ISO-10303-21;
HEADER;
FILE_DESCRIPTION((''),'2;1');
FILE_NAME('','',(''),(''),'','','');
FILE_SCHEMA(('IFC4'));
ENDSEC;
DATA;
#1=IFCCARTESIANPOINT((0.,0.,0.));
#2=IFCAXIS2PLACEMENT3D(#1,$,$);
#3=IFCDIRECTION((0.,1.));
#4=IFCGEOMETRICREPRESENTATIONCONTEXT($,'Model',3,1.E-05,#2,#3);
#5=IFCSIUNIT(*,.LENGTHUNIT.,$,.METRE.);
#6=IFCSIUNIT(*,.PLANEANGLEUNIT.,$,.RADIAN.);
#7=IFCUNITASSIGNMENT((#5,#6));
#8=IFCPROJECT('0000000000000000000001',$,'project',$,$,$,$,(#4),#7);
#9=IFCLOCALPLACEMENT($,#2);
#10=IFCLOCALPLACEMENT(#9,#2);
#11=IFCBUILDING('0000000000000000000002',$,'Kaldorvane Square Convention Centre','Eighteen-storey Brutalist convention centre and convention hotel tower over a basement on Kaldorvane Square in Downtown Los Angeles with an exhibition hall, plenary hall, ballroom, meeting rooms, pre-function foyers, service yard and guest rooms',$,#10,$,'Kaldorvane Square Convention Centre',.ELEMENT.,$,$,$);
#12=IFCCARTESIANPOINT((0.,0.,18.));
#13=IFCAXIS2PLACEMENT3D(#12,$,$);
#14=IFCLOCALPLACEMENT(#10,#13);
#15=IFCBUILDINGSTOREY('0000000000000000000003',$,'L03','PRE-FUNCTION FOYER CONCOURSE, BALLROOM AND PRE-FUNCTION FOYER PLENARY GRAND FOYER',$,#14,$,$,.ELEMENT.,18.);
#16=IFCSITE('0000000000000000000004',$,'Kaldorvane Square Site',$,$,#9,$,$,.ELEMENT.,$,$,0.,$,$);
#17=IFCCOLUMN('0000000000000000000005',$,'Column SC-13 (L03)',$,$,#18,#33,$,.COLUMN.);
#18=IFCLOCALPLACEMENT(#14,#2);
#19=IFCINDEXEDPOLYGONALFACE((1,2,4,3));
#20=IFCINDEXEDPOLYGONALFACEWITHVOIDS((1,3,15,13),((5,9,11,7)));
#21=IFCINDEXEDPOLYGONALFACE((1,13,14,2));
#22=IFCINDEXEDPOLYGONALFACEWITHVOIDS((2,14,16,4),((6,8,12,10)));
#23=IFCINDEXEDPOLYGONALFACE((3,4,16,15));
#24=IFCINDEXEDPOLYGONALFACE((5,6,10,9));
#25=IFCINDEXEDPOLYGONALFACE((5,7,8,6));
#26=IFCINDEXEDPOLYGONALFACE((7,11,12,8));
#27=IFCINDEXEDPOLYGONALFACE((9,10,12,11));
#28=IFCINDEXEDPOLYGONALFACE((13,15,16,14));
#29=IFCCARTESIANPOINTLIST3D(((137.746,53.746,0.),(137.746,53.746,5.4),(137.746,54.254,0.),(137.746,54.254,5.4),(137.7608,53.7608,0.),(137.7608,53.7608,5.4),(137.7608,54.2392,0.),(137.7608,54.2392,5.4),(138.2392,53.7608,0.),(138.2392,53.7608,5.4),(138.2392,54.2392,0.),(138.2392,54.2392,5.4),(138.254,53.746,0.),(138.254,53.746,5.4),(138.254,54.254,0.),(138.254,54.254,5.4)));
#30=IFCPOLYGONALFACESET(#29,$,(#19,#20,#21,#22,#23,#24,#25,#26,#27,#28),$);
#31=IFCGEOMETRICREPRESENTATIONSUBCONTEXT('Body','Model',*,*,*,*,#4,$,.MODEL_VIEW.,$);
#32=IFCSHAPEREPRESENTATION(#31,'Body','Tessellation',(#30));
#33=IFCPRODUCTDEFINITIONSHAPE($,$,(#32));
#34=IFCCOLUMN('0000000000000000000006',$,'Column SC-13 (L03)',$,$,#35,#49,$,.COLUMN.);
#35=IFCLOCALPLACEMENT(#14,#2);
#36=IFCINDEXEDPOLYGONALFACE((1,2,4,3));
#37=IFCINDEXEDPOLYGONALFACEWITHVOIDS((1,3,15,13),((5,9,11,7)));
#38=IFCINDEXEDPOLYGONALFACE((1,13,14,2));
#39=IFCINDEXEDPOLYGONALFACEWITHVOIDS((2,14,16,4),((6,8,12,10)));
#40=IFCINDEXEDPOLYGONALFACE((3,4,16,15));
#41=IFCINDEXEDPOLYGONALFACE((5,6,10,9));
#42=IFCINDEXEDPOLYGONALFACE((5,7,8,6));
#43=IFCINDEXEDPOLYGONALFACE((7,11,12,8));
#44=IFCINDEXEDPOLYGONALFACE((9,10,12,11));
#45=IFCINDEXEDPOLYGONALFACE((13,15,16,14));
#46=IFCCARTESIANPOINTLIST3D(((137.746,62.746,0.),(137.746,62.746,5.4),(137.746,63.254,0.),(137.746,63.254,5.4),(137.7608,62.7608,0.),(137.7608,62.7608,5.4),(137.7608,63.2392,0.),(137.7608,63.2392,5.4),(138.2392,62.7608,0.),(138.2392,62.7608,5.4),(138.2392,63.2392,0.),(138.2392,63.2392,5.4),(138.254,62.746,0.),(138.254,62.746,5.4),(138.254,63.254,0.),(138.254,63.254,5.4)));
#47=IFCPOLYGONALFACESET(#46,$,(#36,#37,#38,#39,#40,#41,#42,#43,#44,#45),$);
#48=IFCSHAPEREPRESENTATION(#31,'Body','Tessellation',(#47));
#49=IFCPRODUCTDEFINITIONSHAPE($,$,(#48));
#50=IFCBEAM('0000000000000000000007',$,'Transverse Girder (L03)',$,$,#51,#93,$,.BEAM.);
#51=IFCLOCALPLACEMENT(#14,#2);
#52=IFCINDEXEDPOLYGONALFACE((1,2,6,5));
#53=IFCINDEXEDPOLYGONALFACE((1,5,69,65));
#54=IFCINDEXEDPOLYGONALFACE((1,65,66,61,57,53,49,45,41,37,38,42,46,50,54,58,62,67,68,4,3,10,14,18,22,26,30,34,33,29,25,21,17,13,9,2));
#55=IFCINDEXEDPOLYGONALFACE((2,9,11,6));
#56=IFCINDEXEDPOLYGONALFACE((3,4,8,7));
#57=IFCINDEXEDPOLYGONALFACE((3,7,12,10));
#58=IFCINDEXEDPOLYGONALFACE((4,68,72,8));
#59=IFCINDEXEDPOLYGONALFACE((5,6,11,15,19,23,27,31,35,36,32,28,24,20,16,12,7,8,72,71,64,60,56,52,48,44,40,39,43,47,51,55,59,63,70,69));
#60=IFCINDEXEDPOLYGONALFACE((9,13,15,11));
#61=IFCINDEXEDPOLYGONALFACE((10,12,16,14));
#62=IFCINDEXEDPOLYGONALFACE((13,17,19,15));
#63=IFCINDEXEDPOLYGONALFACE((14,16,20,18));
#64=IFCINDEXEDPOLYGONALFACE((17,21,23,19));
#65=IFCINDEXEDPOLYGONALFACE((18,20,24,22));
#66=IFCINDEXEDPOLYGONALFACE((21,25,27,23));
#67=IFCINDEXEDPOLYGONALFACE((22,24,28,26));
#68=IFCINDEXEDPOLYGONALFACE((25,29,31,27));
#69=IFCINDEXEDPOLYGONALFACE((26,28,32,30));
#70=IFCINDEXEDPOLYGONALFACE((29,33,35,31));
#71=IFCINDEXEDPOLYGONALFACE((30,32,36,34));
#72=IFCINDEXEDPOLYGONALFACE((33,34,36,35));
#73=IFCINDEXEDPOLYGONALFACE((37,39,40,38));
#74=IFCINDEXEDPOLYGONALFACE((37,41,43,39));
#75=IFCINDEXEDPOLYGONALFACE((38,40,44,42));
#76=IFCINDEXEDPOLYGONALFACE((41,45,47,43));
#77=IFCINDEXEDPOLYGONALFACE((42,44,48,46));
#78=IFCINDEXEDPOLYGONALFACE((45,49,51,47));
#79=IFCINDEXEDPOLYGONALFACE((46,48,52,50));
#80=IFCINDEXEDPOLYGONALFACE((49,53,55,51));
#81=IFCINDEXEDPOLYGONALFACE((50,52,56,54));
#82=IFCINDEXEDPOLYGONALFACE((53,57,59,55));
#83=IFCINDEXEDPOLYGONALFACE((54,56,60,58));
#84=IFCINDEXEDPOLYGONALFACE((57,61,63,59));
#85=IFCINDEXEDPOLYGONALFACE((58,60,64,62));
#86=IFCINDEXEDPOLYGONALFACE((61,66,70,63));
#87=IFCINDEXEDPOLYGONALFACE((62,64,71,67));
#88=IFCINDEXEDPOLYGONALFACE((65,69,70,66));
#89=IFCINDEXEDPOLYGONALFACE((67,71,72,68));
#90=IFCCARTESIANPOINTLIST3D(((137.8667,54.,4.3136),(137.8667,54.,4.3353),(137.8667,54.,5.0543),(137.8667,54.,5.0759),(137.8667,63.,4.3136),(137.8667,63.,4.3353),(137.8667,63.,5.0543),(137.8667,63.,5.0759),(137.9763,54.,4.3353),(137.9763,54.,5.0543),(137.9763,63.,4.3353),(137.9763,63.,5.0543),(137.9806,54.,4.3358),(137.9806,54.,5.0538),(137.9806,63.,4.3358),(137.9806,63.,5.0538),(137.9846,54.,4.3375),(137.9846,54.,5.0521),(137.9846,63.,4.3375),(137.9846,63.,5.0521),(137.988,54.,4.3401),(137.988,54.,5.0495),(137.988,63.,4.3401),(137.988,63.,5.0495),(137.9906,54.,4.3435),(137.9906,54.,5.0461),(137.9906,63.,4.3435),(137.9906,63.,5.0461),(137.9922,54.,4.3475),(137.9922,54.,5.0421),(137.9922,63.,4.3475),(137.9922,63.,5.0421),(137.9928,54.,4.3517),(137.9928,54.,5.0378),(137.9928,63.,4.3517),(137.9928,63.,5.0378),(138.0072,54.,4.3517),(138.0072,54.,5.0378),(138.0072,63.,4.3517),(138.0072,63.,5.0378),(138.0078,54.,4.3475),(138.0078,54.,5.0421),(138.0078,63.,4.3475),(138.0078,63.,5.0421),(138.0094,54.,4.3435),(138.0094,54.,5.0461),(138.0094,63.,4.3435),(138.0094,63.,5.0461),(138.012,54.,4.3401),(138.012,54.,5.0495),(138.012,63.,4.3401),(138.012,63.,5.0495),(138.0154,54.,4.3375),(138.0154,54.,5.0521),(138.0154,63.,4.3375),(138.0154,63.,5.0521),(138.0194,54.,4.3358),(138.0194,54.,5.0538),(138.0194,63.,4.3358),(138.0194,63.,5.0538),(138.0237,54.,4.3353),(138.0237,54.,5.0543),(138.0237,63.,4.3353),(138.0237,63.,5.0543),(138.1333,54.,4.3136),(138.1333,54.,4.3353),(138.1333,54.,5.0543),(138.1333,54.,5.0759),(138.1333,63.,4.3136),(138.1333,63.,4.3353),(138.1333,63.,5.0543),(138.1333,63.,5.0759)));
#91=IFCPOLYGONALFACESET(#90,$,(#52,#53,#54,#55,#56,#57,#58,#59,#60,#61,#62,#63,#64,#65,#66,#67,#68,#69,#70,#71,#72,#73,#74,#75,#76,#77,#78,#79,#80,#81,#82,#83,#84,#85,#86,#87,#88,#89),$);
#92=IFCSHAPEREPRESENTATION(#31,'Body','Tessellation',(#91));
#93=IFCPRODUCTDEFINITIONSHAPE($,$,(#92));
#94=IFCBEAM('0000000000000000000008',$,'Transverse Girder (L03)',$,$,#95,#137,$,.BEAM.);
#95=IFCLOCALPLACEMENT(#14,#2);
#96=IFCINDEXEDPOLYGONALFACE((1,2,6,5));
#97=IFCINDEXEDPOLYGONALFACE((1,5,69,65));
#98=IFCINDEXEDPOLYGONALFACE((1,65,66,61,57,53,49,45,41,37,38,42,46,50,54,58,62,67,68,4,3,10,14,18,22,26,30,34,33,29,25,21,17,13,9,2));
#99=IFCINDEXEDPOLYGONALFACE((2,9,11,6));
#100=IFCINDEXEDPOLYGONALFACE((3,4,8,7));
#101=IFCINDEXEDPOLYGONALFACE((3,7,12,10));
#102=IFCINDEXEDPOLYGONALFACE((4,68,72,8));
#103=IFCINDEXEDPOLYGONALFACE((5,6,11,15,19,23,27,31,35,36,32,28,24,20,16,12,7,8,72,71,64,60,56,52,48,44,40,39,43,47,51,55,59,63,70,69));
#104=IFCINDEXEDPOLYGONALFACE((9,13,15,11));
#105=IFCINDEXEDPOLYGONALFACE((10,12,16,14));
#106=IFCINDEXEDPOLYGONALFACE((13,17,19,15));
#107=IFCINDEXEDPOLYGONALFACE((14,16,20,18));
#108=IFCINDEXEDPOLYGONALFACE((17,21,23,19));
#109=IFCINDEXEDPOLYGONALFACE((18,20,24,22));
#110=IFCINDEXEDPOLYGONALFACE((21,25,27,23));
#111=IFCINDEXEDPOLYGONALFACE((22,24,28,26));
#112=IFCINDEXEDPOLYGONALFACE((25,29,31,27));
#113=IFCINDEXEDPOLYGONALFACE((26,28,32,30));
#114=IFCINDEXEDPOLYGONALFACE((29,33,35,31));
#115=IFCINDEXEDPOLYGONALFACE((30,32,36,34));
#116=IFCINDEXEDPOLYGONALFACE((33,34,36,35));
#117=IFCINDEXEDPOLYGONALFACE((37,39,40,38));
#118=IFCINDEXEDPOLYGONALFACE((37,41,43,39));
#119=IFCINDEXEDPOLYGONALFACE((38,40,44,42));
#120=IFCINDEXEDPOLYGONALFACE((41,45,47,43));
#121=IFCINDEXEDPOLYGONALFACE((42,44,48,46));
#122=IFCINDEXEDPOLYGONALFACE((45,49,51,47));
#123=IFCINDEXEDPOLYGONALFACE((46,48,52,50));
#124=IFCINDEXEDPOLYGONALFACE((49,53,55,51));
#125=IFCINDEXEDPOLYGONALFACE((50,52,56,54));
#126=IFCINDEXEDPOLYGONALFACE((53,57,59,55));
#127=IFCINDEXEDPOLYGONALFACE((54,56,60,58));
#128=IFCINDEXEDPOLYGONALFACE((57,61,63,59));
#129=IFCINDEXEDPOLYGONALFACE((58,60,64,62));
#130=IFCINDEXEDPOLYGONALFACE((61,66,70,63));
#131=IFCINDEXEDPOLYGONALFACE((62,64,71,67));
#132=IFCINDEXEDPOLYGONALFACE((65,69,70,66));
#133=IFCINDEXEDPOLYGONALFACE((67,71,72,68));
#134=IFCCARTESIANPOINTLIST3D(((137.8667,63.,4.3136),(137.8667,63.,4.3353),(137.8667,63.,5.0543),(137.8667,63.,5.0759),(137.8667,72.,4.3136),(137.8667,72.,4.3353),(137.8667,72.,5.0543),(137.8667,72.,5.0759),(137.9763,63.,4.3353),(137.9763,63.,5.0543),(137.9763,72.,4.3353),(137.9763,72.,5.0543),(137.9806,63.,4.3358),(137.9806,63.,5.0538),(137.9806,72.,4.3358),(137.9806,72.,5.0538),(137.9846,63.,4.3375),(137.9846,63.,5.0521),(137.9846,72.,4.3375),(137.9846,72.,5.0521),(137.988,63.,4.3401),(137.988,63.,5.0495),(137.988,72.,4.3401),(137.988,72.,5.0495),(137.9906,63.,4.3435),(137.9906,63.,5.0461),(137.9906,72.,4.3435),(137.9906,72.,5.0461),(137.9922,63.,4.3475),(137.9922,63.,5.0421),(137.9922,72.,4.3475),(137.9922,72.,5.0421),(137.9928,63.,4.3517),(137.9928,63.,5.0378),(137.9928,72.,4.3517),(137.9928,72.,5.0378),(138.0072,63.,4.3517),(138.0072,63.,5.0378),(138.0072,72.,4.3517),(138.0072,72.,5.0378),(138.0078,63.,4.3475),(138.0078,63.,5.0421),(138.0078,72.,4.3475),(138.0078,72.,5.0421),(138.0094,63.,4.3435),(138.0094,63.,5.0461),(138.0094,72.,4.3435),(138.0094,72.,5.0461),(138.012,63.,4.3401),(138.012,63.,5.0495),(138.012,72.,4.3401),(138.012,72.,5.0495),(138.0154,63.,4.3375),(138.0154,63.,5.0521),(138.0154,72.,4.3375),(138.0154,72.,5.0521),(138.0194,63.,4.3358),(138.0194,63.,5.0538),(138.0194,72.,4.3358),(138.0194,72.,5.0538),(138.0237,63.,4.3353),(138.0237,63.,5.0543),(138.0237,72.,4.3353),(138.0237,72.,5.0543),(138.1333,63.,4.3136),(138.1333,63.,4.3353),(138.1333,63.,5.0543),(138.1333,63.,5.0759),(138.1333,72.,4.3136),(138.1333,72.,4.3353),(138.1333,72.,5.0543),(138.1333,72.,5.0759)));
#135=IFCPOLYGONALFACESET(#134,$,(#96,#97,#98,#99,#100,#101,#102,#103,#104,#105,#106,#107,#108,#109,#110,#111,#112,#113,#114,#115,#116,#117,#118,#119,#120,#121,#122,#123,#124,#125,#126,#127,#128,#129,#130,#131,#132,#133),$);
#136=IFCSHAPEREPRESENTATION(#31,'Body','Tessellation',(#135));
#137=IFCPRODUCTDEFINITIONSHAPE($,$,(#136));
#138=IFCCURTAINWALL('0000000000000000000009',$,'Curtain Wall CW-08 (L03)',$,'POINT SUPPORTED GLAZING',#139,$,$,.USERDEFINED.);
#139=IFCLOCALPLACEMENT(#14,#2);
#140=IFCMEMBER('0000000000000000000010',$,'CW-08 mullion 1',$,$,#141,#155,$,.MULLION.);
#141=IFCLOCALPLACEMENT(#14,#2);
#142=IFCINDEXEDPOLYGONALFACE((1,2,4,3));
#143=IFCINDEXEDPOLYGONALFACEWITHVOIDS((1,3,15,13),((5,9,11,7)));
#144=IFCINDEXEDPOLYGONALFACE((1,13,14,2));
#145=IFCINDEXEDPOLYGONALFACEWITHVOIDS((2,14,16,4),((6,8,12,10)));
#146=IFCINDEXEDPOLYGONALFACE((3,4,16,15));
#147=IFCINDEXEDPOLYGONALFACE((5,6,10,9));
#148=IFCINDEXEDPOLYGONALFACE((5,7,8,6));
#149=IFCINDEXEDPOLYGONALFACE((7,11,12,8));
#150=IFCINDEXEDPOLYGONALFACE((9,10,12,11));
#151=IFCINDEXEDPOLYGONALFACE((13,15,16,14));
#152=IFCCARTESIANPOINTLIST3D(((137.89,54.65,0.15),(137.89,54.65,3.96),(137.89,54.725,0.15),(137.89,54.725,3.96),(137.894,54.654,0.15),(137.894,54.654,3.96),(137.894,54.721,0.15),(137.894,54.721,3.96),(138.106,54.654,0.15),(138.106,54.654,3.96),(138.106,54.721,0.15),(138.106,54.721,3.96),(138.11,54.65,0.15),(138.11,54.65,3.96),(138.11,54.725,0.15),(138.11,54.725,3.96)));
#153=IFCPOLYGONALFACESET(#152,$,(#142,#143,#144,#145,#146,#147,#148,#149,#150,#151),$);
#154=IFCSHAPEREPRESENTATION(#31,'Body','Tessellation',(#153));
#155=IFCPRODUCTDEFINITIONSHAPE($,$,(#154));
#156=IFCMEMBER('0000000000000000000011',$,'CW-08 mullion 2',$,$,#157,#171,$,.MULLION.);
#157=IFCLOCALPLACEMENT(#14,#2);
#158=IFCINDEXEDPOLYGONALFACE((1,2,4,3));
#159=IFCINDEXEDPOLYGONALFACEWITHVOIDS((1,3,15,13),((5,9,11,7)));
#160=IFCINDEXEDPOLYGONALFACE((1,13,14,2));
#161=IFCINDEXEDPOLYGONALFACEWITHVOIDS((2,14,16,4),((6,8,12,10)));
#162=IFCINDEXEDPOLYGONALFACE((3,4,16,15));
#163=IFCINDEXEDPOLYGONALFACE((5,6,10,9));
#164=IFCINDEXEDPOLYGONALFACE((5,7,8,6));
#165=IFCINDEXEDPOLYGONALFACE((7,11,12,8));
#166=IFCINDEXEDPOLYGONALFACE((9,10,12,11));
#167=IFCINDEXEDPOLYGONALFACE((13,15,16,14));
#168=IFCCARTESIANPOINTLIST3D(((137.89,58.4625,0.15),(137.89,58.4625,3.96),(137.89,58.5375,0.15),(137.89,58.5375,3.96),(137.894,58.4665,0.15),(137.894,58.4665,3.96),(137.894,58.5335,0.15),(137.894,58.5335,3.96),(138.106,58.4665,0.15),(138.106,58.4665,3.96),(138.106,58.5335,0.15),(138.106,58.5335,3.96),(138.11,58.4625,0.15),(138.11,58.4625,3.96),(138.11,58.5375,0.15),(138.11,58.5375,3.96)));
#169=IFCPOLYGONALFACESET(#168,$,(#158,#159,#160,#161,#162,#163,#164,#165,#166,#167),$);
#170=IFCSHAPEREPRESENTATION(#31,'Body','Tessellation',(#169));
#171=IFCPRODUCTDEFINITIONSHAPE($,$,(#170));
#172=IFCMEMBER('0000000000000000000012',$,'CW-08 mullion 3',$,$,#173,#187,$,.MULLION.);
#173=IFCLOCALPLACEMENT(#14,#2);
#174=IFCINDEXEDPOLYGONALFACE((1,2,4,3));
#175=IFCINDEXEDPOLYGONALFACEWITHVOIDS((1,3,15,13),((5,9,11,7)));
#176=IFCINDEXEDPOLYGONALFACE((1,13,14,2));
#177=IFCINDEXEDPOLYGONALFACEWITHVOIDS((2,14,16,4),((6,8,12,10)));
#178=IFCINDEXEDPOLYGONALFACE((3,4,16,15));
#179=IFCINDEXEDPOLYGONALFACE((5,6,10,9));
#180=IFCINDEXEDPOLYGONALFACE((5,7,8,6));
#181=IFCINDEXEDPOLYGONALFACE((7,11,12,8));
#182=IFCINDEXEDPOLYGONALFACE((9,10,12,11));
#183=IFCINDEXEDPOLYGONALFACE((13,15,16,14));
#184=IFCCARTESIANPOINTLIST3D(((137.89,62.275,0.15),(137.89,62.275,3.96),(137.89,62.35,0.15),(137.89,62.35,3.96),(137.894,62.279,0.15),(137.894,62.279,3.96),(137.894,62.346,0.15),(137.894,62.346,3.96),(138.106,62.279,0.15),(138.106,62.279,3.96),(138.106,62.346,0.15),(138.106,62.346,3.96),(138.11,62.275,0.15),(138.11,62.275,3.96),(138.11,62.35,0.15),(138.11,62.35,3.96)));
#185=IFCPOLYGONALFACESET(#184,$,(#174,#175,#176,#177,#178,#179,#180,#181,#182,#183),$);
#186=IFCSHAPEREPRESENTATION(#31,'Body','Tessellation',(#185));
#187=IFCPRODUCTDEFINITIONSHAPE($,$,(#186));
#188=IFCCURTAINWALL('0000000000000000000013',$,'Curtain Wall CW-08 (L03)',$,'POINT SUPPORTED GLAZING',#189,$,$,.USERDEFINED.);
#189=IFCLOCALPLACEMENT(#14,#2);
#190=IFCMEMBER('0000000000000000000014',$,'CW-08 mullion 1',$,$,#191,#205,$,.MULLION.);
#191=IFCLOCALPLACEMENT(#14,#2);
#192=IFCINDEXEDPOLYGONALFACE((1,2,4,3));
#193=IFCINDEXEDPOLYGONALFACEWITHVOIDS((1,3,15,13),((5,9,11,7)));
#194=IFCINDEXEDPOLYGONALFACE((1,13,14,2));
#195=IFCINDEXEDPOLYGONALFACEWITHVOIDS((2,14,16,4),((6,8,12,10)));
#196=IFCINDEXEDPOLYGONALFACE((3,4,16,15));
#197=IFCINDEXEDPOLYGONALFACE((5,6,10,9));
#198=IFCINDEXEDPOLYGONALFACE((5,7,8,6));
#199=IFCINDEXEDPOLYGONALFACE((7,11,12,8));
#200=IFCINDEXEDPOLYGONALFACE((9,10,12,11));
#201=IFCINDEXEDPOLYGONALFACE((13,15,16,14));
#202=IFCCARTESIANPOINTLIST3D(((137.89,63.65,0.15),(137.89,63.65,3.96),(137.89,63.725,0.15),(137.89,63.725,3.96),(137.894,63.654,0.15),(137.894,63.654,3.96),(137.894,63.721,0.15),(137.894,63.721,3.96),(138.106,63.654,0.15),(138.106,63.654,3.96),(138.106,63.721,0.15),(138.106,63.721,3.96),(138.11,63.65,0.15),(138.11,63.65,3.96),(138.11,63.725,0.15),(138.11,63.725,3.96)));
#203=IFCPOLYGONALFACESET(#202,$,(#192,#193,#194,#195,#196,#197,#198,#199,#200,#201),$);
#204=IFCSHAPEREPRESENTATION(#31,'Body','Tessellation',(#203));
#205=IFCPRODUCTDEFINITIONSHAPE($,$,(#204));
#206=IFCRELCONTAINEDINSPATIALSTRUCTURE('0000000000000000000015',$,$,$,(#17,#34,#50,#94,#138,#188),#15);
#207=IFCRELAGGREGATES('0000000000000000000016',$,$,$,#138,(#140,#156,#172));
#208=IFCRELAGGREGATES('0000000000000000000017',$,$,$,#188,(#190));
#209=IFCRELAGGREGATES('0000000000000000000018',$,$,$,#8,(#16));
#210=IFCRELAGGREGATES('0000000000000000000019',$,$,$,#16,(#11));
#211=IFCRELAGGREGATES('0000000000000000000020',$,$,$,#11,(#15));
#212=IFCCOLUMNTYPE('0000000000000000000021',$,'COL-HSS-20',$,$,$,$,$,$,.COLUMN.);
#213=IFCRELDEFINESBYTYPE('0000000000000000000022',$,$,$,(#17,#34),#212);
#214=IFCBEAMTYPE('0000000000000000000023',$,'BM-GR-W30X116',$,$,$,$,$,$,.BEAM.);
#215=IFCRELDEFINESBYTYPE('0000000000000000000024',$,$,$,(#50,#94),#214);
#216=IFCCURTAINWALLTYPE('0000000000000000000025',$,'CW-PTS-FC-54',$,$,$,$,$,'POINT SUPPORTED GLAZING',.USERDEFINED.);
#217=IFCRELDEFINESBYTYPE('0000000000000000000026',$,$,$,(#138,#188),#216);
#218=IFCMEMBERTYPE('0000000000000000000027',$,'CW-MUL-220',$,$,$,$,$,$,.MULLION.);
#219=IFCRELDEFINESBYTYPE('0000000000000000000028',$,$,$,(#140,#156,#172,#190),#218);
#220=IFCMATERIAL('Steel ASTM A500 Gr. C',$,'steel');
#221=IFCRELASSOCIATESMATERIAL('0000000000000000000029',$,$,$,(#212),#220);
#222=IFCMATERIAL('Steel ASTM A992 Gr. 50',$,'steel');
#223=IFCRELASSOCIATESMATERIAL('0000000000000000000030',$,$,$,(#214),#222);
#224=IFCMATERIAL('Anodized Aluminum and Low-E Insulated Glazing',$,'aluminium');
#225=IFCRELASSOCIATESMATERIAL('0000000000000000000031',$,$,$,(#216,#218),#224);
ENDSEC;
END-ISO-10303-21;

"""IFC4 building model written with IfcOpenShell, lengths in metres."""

from ifc_helpers import new_model, si_unit, direction, frame, origin, origin_2d, place, context, subcontext, project, spatial, hollow_rectangle, i_section, extrude, material, material_profile, profile_set, type_object, element, aggregate, save


model = new_model("IFC4")

# Units and contexts
model_context = context("Model", 3, precision=1e-05, world=origin(), true_north=direction((0.0, 1.0)))
body_context = subcontext(model_context, "Body", "Model", "MODEL_VIEW")
ifc_project = project(units=[si_unit("LENGTHUNIT", "METRE"), si_unit("PLANEANGLEUNIT", "RADIAN")], contexts=[model_context])

# Site, building, storey
site_placement = place(None, origin())
site = spatial("IfcSite", under=ifc_project, at=site_placement, Name="Kaldorvane Square Site", CompositionType="ELEMENT", RefElevation=0.0)
building_placement = place(site_placement, origin())
building = spatial("IfcBuilding", under=site, at=building_placement, Name="Kaldorvane Square Convention Centre", Description="Eighteen-storey Brutalist convention centre and convention hotel tower over a basement on Kaldorvane Square in Downtown Los Angeles with an exhibition hall, plenary hall, ballroom, meeting rooms, pre-function foyers, service yard and guest rooms", LongName="Kaldorvane Square Convention Centre", CompositionType="ELEMENT")
storey_placement = place(building_placement, frame((0.0, 0.0, 18.0)))
storey = spatial("IfcBuildingStorey", under=building, at=storey_placement, Name="L03", Description="PRE-FUNCTION FOYER CONCOURSE, BALLROOM AND PRE-FUNCTION FOYER PLENARY GRAND FOYER", CompositionType="ELEMENT", Elevation=18.0)

# Columns
ifc_material_1 = material(Name="Steel ASTM A500 Gr. C", Category="steel")
ifc_material_profile_1 = material_profile(ifc_material_1, hollow_rectangle(XDim=0.508, YDim=0.508, WallThickness=0.0148, at=origin_2d()), Name="HSS20X20X5/8")
ifc_profile_set_1 = profile_set([ifc_material_profile_1], Name="Steel ASTM A500 Gr. C")
column_type = type_object("IfcColumnType", Name="COL-HSS-20", PredefinedType="COLUMN", material=ifc_profile_set_1)
for number, where, z_axis, x_axis, name in (
    (1, (138.0, 54.0, 0.0), (0.0, 0.0, 1.0), (1.0, 0.0, 0.0), "Column SC-13 (L03)"),
    (2, (138.0, 63.0, 0.0), (0.0, 0.0, 1.0), (1.0, 0.0, 0.0), "Column SC-13 (L03)"),
):
    element("IfcColumn", number, at=place(storey_placement, frame(where, z_axis=z_axis, x_axis=x_axis)), inside=storey, type_object=column_type, Name=name, PredefinedType="COLUMN", context=body_context, shape_type="SweptSolid", body=[
        extrude(hollow_rectangle(XDim=0.508, YDim=0.508, WallThickness=0.0148, at=origin_2d()), origin(), (0.0, 0.0, 1.0), 5.4),
    ])

# Beams
ifc_material_2 = material(Name="Steel ASTM A992 Gr. 50", Category="steel")
ifc_material_profile_2 = material_profile(ifc_material_2, i_section(OverallWidth=0.2666, OverallDepth=0.7623, WebThickness=0.0144, FlangeThickness=0.0216, FilletRadius=0.0165, at=origin_2d()), Name="W30X116")
ifc_profile_set_2 = profile_set([ifc_material_profile_2], Name="Steel ASTM A992 Gr. 50")
beam_type = type_object("IfcBeamType", Name="BM-GR-W30X116", PredefinedType="BEAM", material=ifc_profile_set_2)
for number, where, z_axis, x_axis, name in (
    (3, (138.0, 54.0, 4.6948), (0.0, 1.0, 0.0), (-1.0, 0.0, 0.0), "Transverse Girder (L03)"),
    (4, (138.0, 63.0, 4.6948), (0.0, 1.0, 0.0), (-1.0, 0.0, 0.0), "Transverse Girder (L03)"),
):
    element("IfcBeam", number, at=place(storey_placement, frame(where, z_axis=z_axis, x_axis=x_axis)), inside=storey, type_object=beam_type, Name=name, PredefinedType="BEAM", context=body_context, shape_type="SweptSolid", body=[
        extrude(i_section(OverallWidth=0.2666, OverallDepth=0.7623, WebThickness=0.0144, FlangeThickness=0.0216, FilletRadius=0.0165, at=origin_2d()), origin(), (0.0, 0.0, 1.0), 9.0),
    ])

# Curtain wall, members
ifc_material_3 = material(Name="Anodized Aluminum and Low-E Insulated Glazing", Category="aluminium")
curtain_wall_type = type_object("IfcCurtainWallType", Name="CW-PTS-FC-54", ElementType="POINT SUPPORTED GLAZING", PredefinedType="USERDEFINED", material=ifc_material_3)
curtain_wall_1_placement = place(storey_placement, origin())
curtain_wall_1 = element("IfcCurtainWall", 5, at=curtain_wall_1_placement, inside=storey, type_object=curtain_wall_type, Name="Curtain Wall CW-08 (L03)", ObjectType="POINT SUPPORTED GLAZING", PredefinedType="USERDEFINED")
ifc_material_profile_3 = material_profile(ifc_material_3, hollow_rectangle(XDim=0.075, YDim=0.22, WallThickness=0.004, at=origin_2d()), Name="CWM-220X75")
ifc_profile_set_3 = profile_set([ifc_material_profile_3], Name="Anodized Aluminum and Low-E Insulated Glazing")
member_type_1 = type_object("IfcMemberType", Name="CW-MUL-220", PredefinedType="MULLION", material=ifc_profile_set_3)
member_1_placement = place(storey_placement, frame((138.0, 54.6875, 0.15), z_axis=(0.0, 0.0, 1.0), x_axis=(0.0, 1.0, 0.0)))
member_1 = element("IfcMember", 6, at=member_1_placement, type_object=member_type_1, Name="CW-08 mullion 1", PredefinedType="MULLION", context=body_context, shape_type="SweptSolid", body=[
    extrude(hollow_rectangle(XDim=0.075, YDim=0.22, WallThickness=0.004, at=origin_2d()), origin(), (0.0, 0.0, 1.0), 3.81),
])
member_2_placement = place(storey_placement, frame((138.0, 58.5, 0.15), z_axis=(0.0, 0.0, 1.0), x_axis=(0.0, 1.0, 0.0)))
member_2 = element("IfcMember", 7, at=member_2_placement, type_object=member_type_1, Name="CW-08 mullion 2", PredefinedType="MULLION", context=body_context, shape_type="SweptSolid", body=[
    extrude(hollow_rectangle(XDim=0.075, YDim=0.22, WallThickness=0.004, at=origin_2d()), origin(), (0.0, 0.0, 1.0), 3.81),
])
member_3_placement = place(storey_placement, frame((138.0, 62.3125, 0.15), z_axis=(0.0, 0.0, 1.0), x_axis=(0.0, 1.0, 0.0)))
member_3 = element("IfcMember", 8, at=member_3_placement, type_object=member_type_1, Name="CW-08 mullion 3", PredefinedType="MULLION", context=body_context, shape_type="SweptSolid", body=[
    extrude(hollow_rectangle(XDim=0.075, YDim=0.22, WallThickness=0.004, at=origin_2d()), origin(), (0.0, 0.0, 1.0), 3.81),
])

# Curtain wall, member
curtain_wall_2_placement = place(storey_placement, origin())
curtain_wall_2 = element("IfcCurtainWall", 9, at=curtain_wall_2_placement, inside=storey, type_object=curtain_wall_type, Name="Curtain Wall CW-08 (L03)", ObjectType="POINT SUPPORTED GLAZING", PredefinedType="USERDEFINED")
member_4_placement = place(storey_placement, frame((138.0, 63.6875, 0.15), z_axis=(0.0, 0.0, 1.0), x_axis=(0.0, 1.0, 0.0)))
member_4 = element("IfcMember", 10, at=member_4_placement, type_object=member_type_1, Name="CW-08 mullion 1", PredefinedType="MULLION", context=body_context, shape_type="SweptSolid", body=[
    extrude(hollow_rectangle(XDim=0.075, YDim=0.22, WallThickness=0.004, at=origin_2d()), origin(), (0.0, 0.0, 1.0), 3.81),
])

aggregate(curtain_wall_1, [member_1, member_2, member_3])
aggregate(curtain_wall_2, [member_4])

save(model, "model.ifc")
